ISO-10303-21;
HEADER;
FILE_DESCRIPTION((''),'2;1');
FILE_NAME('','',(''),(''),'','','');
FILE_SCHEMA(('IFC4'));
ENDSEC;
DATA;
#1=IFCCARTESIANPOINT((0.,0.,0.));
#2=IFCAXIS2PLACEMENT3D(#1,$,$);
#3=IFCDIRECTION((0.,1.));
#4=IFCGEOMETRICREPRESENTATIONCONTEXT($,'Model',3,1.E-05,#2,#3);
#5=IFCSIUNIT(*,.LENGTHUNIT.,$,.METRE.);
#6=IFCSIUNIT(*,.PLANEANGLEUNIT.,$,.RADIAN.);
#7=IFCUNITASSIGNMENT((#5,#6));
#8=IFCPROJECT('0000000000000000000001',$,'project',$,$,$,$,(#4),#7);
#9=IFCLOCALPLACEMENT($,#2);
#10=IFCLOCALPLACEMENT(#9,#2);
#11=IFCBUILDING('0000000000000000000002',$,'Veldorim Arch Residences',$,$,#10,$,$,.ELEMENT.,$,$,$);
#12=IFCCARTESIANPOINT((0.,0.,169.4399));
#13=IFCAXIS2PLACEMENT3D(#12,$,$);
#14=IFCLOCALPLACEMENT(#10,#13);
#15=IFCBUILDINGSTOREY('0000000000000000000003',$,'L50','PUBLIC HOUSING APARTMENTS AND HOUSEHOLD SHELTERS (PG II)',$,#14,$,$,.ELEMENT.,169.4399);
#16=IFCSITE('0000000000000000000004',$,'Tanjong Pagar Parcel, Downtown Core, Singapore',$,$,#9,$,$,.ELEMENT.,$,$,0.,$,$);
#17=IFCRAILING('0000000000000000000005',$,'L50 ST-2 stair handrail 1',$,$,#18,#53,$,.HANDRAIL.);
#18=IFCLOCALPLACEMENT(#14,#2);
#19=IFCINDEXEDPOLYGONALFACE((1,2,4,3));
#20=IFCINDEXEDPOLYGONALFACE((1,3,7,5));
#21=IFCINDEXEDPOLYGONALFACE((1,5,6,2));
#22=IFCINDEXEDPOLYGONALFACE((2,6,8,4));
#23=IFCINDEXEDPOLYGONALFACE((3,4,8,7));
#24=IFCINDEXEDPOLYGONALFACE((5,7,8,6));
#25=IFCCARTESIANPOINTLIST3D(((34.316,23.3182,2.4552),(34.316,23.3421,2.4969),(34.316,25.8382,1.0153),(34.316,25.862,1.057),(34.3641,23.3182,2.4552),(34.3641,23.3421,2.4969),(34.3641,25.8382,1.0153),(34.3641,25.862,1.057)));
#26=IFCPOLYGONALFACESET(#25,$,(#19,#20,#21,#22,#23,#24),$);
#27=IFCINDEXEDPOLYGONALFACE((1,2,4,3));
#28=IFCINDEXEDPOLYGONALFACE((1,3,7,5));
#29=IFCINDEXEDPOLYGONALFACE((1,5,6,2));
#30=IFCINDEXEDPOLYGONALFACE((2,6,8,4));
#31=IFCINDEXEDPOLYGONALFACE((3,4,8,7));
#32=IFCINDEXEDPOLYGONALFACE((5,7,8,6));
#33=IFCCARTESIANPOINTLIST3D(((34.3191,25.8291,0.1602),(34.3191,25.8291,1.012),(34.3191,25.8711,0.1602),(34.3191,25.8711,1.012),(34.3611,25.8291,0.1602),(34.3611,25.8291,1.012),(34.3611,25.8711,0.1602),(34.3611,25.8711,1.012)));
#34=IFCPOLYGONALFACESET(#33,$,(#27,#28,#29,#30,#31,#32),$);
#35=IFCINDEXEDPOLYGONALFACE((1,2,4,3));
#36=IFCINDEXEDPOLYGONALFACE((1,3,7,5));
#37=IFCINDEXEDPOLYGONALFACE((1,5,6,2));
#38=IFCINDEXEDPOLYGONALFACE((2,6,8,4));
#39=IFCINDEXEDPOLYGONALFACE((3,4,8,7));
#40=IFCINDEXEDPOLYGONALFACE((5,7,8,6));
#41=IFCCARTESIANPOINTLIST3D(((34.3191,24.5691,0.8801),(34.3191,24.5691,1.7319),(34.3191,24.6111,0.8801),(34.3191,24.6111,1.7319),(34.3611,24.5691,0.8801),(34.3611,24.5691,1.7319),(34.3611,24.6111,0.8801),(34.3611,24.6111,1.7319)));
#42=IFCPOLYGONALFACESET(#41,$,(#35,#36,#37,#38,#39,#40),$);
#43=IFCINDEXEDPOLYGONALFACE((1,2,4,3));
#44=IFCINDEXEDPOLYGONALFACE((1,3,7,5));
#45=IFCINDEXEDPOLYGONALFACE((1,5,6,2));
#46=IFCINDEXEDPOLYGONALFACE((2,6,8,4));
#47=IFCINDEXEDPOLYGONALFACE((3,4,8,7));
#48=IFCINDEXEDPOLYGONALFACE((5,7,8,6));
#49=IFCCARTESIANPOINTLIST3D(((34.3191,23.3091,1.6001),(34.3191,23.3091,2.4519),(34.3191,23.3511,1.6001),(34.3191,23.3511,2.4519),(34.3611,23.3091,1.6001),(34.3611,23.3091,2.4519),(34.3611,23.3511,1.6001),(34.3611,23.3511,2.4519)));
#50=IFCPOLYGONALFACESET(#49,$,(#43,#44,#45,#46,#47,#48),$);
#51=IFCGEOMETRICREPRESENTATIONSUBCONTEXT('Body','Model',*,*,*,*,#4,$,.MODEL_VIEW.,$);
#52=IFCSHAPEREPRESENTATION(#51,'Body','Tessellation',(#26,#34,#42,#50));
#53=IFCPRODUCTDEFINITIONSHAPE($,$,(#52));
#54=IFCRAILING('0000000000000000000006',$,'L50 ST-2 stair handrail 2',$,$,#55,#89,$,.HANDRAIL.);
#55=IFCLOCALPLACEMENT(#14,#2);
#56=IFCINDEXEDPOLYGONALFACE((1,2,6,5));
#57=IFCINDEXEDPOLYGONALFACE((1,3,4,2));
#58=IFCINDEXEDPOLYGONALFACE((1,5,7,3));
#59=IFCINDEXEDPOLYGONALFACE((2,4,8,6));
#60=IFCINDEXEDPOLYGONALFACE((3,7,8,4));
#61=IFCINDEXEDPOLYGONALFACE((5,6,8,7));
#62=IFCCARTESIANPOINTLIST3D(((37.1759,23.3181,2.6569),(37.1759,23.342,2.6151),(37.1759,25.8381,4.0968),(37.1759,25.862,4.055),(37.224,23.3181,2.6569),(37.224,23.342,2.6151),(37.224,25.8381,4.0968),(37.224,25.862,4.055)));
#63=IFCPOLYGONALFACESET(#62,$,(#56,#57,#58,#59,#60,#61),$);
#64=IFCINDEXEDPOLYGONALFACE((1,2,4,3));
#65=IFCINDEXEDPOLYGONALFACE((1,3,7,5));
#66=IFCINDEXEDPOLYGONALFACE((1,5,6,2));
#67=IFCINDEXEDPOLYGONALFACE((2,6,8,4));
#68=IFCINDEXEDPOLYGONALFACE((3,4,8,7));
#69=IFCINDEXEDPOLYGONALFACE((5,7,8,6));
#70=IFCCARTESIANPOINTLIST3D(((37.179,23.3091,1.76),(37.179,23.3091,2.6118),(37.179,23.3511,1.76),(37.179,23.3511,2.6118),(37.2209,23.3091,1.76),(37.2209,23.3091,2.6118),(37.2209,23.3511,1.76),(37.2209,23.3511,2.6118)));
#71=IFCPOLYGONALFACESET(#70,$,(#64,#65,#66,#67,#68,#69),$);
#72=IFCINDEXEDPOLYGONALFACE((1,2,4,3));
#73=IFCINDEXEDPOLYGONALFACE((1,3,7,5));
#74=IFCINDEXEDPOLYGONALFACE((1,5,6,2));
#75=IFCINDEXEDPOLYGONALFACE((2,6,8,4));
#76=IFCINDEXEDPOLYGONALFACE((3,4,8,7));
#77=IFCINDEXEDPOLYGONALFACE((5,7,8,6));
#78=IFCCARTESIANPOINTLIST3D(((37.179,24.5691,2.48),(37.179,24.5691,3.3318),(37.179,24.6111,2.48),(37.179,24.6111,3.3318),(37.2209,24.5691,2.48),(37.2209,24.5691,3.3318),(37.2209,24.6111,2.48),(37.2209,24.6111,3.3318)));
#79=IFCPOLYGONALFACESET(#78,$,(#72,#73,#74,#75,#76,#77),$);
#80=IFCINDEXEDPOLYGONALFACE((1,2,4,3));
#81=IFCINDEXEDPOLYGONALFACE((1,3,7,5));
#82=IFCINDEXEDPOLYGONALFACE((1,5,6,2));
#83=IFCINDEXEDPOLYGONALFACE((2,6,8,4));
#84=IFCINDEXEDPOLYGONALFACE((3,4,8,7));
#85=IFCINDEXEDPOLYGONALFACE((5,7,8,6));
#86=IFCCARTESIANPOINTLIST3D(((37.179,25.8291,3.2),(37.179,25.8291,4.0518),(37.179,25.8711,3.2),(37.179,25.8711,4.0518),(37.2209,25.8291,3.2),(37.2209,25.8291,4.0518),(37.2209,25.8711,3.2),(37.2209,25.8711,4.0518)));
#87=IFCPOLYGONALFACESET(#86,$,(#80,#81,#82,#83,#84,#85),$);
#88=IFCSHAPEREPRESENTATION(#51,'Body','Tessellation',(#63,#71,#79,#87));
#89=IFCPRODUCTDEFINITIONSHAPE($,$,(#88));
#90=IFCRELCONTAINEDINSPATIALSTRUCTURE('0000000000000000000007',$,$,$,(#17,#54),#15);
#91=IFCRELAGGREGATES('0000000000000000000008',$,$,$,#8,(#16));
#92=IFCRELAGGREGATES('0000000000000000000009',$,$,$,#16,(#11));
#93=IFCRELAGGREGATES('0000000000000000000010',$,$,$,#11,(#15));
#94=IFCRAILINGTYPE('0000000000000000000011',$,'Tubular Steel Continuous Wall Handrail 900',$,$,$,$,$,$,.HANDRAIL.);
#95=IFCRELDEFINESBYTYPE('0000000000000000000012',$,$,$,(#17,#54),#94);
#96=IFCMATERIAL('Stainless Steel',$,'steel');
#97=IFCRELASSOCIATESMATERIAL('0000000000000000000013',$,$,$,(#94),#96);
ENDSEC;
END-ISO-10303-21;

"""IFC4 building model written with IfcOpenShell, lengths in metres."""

from ifc_helpers import new_model, si_unit, direction, frame, origin, origin_2d, place, context, subcontext, project, spatial, rectangle, extrude, material, type_object, element, save


model = new_model("IFC4")

# Units and contexts
model_context = context("Model", 3, precision=1e-05, world=origin(), true_north=direction((0.0, 1.0)))
body_context = subcontext(model_context, "Body", "Model", "MODEL_VIEW")
ifc_project = project(units=[si_unit("LENGTHUNIT", "METRE"), si_unit("PLANEANGLEUNIT", "RADIAN")], contexts=[model_context])

# Site, building, storey
site_placement = place(None, origin())
site = spatial("IfcSite", under=ifc_project, at=site_placement, Name="Tanjong Pagar Parcel, Downtown Core, Singapore", CompositionType="ELEMENT", RefElevation=0.0)
building_placement = place(site_placement, origin())
building = spatial("IfcBuilding", under=site, at=building_placement, Name="Veldorim Arch Residences", CompositionType="ELEMENT")
storey_placement = place(building_placement, frame((0.0, 0.0, 169.4399)))
storey = spatial("IfcBuildingStorey", under=building, at=storey_placement, Name="L50", Description="PUBLIC HOUSING APARTMENTS AND HOUSEHOLD SHELTERS (PG II)", CompositionType="ELEMENT", Elevation=169.4399)

# Railings
ifc_material_1 = material(Name="Stainless Steel", Category="steel")
railing_type_1 = type_object("IfcRailingType", Name="Tubular Steel Continuous Wall Handrail 900", PredefinedType="HANDRAIL", material=ifc_material_1)
railing_1_placement = place(storey_placement, frame((34.3401, 25.8501, 0.1602)))
element("IfcRailing", 1, at=railing_1_placement, inside=storey, type_object=railing_type_1, Name="L50 ST-2 stair handrail 1", PredefinedType="HANDRAIL", context=body_context, shape_type="SweptSolid", body=[
    extrude(rectangle(XDim=0.0481, YDim=0.0481, at=origin_2d()), frame((0.0, 0.0, 0.876), z_axis=(0.0, -0.868253, 0.496121), x_axis=(1.0, 0.0, 0.0)), (0.0, 0.0, 1.0), 2.9023),
    extrude(rectangle(XDim=0.042, YDim=0.042, at=origin_2d()), origin(), (0.0, 0.0, 1.0), 0.8518),
    extrude(rectangle(XDim=0.042, YDim=0.042, at=origin_2d()), frame((0.0, -1.26, 0.72)), (0.0, 0.0, 1.0), 0.8518),
    extrude(rectangle(XDim=0.042, YDim=0.042, at=origin_2d()), frame((0.0, -2.52, 1.4399)), (0.0, 0.0, 1.0), 0.8518),
])
railing_2_placement = place(storey_placement, frame((37.2, 23.3301, 1.76)))
element("IfcRailing", 2, at=railing_2_placement, inside=storey, type_object=railing_type_1, Name="L50 ST-2 stair handrail 2", PredefinedType="HANDRAIL", context=body_context, shape_type="SweptSolid", body=[
    extrude(rectangle(XDim=0.0481, YDim=0.0481, at=origin_2d()), frame((0.0, 0.0, 0.876), z_axis=(0.0, 0.868253, 0.496121), x_axis=(-1.0, 0.0, 0.0)), (0.0, 0.0, 1.0), 2.9023),
    extrude(rectangle(XDim=0.042, YDim=0.042, at=origin_2d()), origin(), (0.0, 0.0, 1.0), 0.8518),
    extrude(rectangle(XDim=0.042, YDim=0.042, at=origin_2d()), frame((0.0, 1.26, 0.72)), (0.0, 0.0, 1.0), 0.8518),
    extrude(rectangle(XDim=0.042, YDim=0.042, at=origin_2d()), frame((0.0, 2.52, 1.4399)), (0.0, 0.0, 1.0), 0.8518),
])

save(model, "model.ifc")
